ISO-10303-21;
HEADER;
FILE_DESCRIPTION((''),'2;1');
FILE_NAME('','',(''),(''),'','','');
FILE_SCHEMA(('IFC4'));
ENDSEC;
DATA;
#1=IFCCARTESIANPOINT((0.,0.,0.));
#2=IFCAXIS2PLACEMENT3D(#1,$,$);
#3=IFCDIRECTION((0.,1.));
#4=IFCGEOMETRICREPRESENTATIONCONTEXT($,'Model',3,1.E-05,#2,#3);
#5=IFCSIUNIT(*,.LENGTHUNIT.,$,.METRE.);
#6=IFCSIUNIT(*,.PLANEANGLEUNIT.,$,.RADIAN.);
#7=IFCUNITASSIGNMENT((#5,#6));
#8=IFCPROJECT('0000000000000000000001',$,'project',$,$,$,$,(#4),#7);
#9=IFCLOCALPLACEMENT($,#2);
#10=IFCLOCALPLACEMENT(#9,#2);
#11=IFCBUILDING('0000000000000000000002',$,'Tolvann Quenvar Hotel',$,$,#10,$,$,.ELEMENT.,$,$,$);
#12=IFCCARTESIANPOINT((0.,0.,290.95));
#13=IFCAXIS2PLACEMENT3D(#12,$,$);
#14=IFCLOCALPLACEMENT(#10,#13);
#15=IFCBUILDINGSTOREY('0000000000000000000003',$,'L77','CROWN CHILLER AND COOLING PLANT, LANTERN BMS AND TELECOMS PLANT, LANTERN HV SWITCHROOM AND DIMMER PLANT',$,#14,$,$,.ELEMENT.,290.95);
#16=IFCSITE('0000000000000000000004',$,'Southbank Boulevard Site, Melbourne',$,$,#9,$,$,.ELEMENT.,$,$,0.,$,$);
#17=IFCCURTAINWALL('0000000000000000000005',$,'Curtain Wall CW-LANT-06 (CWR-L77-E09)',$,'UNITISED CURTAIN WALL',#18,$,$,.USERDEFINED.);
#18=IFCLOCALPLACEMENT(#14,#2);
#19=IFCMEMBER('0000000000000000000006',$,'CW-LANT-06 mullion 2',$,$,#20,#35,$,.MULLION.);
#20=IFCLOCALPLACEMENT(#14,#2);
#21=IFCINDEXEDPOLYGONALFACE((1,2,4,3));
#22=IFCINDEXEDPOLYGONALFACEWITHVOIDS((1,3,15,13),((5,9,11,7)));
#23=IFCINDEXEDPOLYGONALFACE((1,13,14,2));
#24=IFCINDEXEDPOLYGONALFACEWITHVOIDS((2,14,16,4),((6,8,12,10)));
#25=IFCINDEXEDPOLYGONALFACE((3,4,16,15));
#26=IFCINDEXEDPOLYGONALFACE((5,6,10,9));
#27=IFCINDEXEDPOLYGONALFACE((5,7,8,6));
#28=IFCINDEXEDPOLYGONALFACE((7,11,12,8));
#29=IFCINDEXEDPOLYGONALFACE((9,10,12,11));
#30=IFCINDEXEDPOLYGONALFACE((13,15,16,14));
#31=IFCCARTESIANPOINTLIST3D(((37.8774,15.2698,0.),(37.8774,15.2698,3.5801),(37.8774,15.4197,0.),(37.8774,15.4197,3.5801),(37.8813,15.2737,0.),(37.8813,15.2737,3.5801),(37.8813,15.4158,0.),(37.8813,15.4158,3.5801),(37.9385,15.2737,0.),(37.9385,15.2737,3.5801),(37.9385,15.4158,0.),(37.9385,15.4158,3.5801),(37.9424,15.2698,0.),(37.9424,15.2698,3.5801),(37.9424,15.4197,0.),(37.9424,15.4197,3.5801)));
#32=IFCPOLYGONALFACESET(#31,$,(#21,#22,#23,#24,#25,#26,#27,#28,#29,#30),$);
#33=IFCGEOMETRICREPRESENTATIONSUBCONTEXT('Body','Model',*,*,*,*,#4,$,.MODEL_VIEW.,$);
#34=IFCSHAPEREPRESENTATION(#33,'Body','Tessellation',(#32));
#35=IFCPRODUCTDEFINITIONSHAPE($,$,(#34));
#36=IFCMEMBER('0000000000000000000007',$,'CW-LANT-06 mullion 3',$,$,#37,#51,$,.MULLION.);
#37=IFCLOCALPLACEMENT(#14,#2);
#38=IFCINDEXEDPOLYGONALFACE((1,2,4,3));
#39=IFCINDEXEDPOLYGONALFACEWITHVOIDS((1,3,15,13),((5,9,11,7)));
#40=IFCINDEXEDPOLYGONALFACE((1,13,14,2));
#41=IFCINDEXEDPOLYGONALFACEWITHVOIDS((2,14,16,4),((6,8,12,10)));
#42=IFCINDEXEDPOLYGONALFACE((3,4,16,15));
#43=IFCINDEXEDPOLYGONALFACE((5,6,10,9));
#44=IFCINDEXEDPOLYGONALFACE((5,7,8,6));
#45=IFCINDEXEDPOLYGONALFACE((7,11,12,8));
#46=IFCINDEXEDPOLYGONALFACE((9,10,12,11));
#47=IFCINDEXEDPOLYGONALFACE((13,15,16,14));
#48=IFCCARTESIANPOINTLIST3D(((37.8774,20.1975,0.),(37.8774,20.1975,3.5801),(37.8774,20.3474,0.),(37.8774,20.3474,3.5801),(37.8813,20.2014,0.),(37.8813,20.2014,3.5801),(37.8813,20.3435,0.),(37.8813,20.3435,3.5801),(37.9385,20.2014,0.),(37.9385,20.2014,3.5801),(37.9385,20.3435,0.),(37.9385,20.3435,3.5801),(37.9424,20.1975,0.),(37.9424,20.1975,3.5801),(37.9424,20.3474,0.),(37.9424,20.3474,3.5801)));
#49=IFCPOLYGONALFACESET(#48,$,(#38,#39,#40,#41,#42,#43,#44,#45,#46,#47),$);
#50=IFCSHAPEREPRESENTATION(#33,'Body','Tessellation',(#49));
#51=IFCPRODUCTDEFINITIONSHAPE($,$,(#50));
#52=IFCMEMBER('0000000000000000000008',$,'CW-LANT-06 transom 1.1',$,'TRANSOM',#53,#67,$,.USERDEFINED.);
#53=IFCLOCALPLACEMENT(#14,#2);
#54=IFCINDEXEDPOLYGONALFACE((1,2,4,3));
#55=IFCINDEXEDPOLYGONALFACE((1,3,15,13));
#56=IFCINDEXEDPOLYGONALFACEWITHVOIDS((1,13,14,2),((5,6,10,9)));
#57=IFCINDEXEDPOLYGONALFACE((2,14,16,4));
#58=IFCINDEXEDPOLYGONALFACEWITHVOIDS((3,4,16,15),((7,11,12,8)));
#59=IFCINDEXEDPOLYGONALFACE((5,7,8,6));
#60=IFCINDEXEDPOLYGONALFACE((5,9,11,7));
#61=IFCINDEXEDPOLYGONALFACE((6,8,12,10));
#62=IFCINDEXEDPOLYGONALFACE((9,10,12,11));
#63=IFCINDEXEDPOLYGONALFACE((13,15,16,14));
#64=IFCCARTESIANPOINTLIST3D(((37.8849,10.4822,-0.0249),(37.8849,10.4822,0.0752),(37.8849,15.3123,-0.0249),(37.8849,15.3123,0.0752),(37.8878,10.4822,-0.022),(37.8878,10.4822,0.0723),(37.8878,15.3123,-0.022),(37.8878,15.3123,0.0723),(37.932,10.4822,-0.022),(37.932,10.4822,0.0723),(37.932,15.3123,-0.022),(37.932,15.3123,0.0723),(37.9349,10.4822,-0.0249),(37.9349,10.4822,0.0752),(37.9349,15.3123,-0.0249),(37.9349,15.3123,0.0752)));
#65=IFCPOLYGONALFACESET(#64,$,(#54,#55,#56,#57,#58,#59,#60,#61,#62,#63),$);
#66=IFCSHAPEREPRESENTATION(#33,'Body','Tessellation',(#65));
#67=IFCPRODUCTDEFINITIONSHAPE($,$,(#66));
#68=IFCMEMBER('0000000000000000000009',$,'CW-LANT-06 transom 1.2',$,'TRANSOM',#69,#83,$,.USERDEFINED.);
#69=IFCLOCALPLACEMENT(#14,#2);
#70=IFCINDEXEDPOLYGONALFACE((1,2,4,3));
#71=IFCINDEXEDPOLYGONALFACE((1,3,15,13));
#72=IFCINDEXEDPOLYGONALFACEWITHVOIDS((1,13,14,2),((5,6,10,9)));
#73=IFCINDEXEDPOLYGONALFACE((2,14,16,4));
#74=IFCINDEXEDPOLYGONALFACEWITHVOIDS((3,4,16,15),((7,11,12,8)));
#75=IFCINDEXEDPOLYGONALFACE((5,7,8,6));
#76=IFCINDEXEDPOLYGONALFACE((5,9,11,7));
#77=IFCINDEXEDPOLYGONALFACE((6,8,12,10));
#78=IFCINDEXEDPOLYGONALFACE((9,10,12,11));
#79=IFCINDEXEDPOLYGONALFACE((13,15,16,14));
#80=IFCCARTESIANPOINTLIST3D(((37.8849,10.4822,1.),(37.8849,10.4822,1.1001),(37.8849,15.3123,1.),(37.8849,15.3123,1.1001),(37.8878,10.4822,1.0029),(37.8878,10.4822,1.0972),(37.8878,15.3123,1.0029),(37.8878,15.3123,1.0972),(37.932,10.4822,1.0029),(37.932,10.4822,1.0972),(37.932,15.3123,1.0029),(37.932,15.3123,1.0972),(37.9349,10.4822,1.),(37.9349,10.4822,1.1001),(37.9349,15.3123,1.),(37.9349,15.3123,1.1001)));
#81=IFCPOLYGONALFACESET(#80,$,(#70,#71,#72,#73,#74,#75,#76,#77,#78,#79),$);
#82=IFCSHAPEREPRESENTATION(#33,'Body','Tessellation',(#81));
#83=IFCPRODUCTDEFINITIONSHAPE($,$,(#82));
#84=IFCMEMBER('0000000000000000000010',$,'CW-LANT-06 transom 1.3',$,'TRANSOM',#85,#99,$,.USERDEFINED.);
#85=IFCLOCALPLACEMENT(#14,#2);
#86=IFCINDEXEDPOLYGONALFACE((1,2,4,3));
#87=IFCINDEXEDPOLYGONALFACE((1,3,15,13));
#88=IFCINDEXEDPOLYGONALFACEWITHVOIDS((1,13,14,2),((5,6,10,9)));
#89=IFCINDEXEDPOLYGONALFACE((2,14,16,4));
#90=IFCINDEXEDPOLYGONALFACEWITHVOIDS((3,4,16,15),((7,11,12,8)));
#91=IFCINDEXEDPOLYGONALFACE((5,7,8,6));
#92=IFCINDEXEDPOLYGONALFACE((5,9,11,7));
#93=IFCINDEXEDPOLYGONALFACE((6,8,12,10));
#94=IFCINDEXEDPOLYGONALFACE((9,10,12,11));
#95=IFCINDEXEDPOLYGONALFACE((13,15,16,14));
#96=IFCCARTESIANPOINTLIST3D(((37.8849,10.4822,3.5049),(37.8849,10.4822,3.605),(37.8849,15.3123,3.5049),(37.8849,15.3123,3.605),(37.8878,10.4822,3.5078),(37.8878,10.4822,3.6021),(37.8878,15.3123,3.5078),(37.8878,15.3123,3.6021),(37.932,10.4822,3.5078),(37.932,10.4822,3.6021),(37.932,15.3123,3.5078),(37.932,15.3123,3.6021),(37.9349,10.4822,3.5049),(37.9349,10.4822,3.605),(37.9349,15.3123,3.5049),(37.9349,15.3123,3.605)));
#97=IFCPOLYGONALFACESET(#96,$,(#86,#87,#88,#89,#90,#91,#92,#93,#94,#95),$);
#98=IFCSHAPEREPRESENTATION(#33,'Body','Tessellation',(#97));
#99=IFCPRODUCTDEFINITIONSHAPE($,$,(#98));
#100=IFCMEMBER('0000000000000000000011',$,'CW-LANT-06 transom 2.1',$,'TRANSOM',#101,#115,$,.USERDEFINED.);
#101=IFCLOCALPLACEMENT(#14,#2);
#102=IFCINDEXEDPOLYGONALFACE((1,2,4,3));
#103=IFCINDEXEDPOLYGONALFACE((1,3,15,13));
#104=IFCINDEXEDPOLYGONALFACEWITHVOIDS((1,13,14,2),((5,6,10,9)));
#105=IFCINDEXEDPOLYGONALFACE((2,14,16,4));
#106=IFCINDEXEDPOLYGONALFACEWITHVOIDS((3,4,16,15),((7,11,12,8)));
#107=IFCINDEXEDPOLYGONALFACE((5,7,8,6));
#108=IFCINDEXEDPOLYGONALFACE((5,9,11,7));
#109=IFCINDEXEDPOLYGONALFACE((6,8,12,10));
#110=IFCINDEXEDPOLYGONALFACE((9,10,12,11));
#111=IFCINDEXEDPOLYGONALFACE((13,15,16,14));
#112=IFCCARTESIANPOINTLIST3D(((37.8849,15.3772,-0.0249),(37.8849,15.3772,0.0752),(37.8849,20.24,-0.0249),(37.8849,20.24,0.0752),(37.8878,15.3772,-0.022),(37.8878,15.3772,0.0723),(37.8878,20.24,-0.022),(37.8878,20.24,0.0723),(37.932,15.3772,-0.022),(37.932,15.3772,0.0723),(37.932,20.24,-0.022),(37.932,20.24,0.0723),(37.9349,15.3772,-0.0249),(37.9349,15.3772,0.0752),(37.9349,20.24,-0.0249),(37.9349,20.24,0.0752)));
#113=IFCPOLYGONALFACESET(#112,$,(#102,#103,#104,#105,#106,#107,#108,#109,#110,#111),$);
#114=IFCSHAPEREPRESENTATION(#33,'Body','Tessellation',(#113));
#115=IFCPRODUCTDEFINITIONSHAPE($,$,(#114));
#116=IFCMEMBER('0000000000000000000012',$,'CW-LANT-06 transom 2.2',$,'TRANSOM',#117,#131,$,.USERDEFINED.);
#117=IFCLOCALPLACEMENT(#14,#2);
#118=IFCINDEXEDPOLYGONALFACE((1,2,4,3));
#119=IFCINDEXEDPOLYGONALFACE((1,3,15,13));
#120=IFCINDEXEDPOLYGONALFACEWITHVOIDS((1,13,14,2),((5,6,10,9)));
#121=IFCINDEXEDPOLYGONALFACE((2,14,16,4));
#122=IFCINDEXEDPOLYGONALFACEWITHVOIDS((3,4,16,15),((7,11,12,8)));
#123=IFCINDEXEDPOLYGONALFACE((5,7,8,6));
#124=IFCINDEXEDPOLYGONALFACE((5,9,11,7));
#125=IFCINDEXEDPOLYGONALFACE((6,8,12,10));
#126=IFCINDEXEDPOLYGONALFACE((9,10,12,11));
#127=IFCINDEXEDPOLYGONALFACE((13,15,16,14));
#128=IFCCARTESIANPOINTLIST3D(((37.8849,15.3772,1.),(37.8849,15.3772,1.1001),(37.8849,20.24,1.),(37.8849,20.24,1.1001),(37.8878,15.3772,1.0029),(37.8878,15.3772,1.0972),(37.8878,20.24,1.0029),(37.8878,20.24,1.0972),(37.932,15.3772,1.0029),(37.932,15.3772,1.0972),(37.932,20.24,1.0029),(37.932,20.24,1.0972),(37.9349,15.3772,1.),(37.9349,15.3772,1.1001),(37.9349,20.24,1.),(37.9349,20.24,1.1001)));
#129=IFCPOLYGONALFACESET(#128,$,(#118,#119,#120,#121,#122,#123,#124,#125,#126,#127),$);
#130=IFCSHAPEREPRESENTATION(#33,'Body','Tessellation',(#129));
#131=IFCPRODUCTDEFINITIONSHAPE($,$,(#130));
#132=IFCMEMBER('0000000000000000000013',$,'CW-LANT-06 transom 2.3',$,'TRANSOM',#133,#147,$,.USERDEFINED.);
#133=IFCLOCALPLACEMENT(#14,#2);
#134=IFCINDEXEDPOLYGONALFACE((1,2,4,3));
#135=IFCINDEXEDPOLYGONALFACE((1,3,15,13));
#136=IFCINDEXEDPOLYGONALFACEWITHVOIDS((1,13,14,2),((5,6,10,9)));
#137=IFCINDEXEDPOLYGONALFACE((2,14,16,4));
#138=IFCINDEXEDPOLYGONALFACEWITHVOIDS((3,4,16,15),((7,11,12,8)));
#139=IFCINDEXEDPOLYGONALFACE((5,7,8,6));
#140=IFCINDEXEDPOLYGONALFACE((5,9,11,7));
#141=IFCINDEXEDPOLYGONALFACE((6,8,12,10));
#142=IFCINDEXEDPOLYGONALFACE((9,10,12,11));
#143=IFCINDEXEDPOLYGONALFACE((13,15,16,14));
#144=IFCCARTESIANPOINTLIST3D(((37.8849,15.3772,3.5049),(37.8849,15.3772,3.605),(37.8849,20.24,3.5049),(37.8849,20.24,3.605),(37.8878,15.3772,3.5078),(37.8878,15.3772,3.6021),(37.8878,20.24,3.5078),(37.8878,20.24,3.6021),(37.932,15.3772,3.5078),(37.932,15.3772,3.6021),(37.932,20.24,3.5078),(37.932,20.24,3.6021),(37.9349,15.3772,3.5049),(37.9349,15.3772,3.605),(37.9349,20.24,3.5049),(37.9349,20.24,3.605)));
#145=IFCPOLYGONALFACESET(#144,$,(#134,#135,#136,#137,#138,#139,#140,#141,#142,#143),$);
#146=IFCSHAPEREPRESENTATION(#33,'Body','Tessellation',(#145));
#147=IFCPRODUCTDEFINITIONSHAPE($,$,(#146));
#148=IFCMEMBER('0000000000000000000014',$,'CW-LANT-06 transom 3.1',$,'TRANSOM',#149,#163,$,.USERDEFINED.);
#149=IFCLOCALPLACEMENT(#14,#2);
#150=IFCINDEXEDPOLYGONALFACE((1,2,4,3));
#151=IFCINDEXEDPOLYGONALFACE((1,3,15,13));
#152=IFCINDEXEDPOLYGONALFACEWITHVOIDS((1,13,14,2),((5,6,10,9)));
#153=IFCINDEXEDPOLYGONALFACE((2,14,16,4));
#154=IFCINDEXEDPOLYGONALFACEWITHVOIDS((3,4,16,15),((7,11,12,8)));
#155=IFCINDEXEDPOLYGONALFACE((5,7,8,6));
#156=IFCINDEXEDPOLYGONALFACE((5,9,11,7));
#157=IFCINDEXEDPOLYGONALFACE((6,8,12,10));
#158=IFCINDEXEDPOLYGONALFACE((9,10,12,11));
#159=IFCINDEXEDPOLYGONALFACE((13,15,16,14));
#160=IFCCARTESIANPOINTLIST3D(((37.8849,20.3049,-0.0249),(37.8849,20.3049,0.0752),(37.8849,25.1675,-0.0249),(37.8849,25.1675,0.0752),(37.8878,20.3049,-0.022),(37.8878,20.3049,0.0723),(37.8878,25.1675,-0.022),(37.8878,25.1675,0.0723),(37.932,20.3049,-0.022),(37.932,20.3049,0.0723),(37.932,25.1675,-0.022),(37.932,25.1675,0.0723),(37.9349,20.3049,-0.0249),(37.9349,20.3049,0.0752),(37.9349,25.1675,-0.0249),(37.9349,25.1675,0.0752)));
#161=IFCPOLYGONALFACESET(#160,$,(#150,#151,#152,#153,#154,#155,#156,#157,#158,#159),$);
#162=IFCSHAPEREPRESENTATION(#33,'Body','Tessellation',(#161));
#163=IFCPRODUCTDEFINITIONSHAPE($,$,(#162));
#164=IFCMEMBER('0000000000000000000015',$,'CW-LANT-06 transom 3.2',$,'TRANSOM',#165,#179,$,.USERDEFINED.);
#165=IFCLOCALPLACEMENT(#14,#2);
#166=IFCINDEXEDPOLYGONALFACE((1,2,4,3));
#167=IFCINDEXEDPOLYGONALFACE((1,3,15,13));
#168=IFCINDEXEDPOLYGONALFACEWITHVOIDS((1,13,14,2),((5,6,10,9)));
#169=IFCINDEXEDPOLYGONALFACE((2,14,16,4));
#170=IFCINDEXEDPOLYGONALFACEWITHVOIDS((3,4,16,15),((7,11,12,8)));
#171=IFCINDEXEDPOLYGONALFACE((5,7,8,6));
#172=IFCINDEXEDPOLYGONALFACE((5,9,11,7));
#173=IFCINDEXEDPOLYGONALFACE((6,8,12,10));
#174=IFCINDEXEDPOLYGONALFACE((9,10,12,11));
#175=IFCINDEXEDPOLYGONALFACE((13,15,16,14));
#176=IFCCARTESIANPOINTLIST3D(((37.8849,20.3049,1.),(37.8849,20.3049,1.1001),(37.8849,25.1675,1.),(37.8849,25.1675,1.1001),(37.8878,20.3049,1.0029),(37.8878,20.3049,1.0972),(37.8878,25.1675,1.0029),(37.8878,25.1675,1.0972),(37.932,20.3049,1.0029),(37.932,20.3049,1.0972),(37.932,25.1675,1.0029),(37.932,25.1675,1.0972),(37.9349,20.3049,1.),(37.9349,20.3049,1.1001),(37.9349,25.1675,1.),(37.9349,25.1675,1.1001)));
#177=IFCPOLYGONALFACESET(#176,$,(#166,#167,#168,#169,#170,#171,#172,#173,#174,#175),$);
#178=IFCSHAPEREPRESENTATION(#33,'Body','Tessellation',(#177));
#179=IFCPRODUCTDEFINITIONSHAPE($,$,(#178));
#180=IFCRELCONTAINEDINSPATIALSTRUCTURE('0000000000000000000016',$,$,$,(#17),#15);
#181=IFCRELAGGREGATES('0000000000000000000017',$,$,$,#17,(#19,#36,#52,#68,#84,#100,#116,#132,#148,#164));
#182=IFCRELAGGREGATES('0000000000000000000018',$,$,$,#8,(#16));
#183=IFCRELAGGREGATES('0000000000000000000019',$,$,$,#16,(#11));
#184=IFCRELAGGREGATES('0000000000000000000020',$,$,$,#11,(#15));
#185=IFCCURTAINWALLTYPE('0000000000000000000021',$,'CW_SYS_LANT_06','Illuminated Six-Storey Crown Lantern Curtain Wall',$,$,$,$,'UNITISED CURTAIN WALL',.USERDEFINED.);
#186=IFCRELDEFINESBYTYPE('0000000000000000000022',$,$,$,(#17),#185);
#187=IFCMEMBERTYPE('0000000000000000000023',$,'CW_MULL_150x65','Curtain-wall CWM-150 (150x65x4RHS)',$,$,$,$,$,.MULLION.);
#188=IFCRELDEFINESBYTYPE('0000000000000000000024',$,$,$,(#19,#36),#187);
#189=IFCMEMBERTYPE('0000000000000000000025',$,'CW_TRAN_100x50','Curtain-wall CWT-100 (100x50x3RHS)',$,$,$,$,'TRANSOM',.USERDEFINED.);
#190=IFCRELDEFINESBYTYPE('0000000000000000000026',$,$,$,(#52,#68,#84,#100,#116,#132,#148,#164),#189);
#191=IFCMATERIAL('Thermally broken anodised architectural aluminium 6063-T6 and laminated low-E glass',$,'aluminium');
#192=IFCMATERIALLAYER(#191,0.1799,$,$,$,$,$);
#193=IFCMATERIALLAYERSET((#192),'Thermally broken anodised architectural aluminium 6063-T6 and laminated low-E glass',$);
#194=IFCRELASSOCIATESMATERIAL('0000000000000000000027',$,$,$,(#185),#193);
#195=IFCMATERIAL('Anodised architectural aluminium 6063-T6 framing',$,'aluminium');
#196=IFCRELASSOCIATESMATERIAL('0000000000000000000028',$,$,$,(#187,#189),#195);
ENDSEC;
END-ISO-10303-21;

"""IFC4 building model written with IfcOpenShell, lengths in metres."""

from ifc_helpers import new_model, si_unit, direction, frame, origin, origin_2d, place, context, subcontext, project, spatial, hollow_rectangle, extrude, source, transform, mapped, material, layer, layer_set, material_profile, profile_set, type_object, type_shapes, element, aggregate, save


model = new_model("IFC4")

# Units and contexts
model_context = context("Model", 3, precision=1e-05, world=origin(), true_north=direction((0.0, 1.0)))
body_context = subcontext(model_context, "Body", "Model", "MODEL_VIEW")
ifc_project = project(units=[si_unit("LENGTHUNIT", "METRE"), si_unit("PLANEANGLEUNIT", "RADIAN")], contexts=[model_context])

# Site, building, storey
site_placement = place(None, origin())
site = spatial("IfcSite", under=ifc_project, at=site_placement, Name="Southbank Boulevard Site, Melbourne", CompositionType="ELEMENT", RefElevation=0.0)
building_placement = place(site_placement, origin())
building = spatial("IfcBuilding", under=site, at=building_placement, Name="Tolvann Quenvar Hotel", CompositionType="ELEMENT")
storey_placement = place(building_placement, frame((0.0, 0.0, 290.95)))
storey = spatial("IfcBuildingStorey", under=building, at=storey_placement, Name="L77", Description="CROWN CHILLER AND COOLING PLANT, LANTERN BMS AND TELECOMS PLANT, LANTERN HV SWITCHROOM AND DIMMER PLANT", CompositionType="ELEMENT", Elevation=290.95)

# Shared definitions
ifc_material_1 = material(Name="Thermally broken anodised architectural aluminium 6063-T6 and laminated low-E glass", Category="aluminium")
ifc_layer_1 = layer(ifc_material_1, 0.1799)
ifc_layer_set_1 = layer_set([ifc_layer_1], Name="Thermally broken anodised architectural aluminium 6063-T6 and laminated low-E glass")
curtain_wall_type = type_object("IfcCurtainWallType", Name="CW_SYS_LANT_06", Description="Illuminated Six-Storey Crown Lantern Curtain Wall", ElementType="UNITISED CURTAIN WALL", PredefinedType="USERDEFINED", material=ifc_layer_set_1)
ifc_material_2 = material(Name="Anodised architectural aluminium 6063-T6 framing", Category="aluminium")
ifc_material_profile_1 = material_profile(ifc_material_2, hollow_rectangle(XDim=0.0649, YDim=0.1499, WallThickness=0.0039, at=origin_2d()), Name="150x65x4RHS")
ifc_profile_set_1 = profile_set([ifc_material_profile_1], Name="Anodised architectural aluminium 6063-T6 framing")
member_type_1 = type_object("IfcMemberType", Name="CW_MULL_150x65", Description="Curtain-wall CWM-150 (150x65x4RHS)", PredefinedType="MULLION", material=ifc_profile_set_1)
shared_shape_1 = source(origin(), body_context, "Body", "SweptSolid", [
    extrude(hollow_rectangle(XDim=0.0649, YDim=0.1499, WallThickness=0.0039, at=origin_2d()), origin(), (0.0, 0.0, 1.0), 3.5801),
])
type_shapes(member_type_1, [shared_shape_1])

# Curtain wall, members
curtain_wall_1_placement = place(storey_placement, origin())
curtain_wall_1 = element("IfcCurtainWall", 1, at=curtain_wall_1_placement, inside=storey, type_object=curtain_wall_type, Name="Curtain Wall CW-LANT-06 (CWR-L77-E09)", ObjectType="UNITISED CURTAIN WALL", PredefinedType="USERDEFINED")
member_1_placement = place(storey_placement, frame((37.9099, 15.3447, 0.0), z_axis=(0.0, 0.0, 1.0), x_axis=(-1.0, 0.0, 0.0)))
member_1 = element("IfcMember", 2, at=member_1_placement, type_object=member_type_1, Name="CW-LANT-06 mullion 2", PredefinedType="MULLION", context=body_context, shape_type="MappedRepresentation", body=[
    mapped(shared_shape_1, transform((0.0, 0.0, 0.0), x_axis=(1.0, 0.0, 0.0), y_axis=(0.0, 1.0, 0.0), z_axis=(0.0, 0.0, 1.0), scale=1.0)),
])
member_2_placement = place(storey_placement, frame((37.9099, 20.2725, 0.0), z_axis=(0.0, 0.0, 1.0), x_axis=(-1.0, 0.0, 0.0)))
member_2 = element("IfcMember", 3, at=member_2_placement, type_object=member_type_1, Name="CW-LANT-06 mullion 3", PredefinedType="MULLION", context=body_context, shape_type="MappedRepresentation", body=[
    mapped(shared_shape_1, transform((0.0, 0.0, 0.0), x_axis=(1.0, 0.0, 0.0), y_axis=(0.0, 1.0, 0.0), z_axis=(0.0, 0.0, 1.0), scale=1.0)),
])
ifc_material_profile_2 = material_profile(ifc_material_2, hollow_rectangle(XDim=0.05, YDim=0.1001, WallThickness=0.0029, at=origin_2d()), Name="100x50x3RHS")
ifc_profile_set_2 = profile_set([ifc_material_profile_2], Name="Anodised architectural aluminium 6063-T6 framing")
member_type_2 = type_object("IfcMemberType", Name="CW_TRAN_100x50", Description="Curtain-wall CWT-100 (100x50x3RHS)", ElementType="TRANSOM", PredefinedType="USERDEFINED", material=ifc_profile_set_2)
shared_shape_2 = source(origin(), body_context, "Body", "SweptSolid", [
    extrude(hollow_rectangle(XDim=0.05, YDim=0.1001, WallThickness=0.0029, at=origin_2d()), origin(), (0.0, 0.0, 1.0), 4.8301),
])
member_3_placement = place(storey_placement, frame((37.9099, 10.4822, 0.0251), z_axis=(0.0, 1.0, 0.0), x_axis=(-1.0, 0.0, 0.0)))
member_3 = element("IfcMember", 4, at=member_3_placement, type_object=member_type_2, Name="CW-LANT-06 transom 1.1", ObjectType="TRANSOM", PredefinedType="USERDEFINED", context=body_context, shape_type="MappedRepresentation", body=[
    mapped(shared_shape_2, transform((0.0, 0.0, 0.0), x_axis=(1.0, 0.0, 0.0), y_axis=(0.0, 1.0, 0.0), z_axis=(0.0, 0.0, 1.0), scale=1.0)),
])
member_4_placement = place(storey_placement, frame((37.9099, 10.4822, 1.05), z_axis=(0.0, 1.0, 0.0), x_axis=(-1.0, 0.0, 0.0)))
member_4 = element("IfcMember", 5, at=member_4_placement, type_object=member_type_2, Name="CW-LANT-06 transom 1.2", ObjectType="TRANSOM", PredefinedType="USERDEFINED", context=body_context, shape_type="MappedRepresentation", body=[
    mapped(shared_shape_2, transform((0.0, 0.0, 0.0), x_axis=(1.0, 0.0, 0.0), y_axis=(0.0, 1.0, 0.0), z_axis=(0.0, 0.0, 1.0), scale=1.0)),
])
member_5_placement = place(storey_placement, frame((37.9099, 10.4822, 3.5549), z_axis=(0.0, 1.0, 0.0), x_axis=(-1.0, 0.0, 0.0)))
member_5 = element("IfcMember", 6, at=member_5_placement, type_object=member_type_2, Name="CW-LANT-06 transom 1.3", ObjectType="TRANSOM", PredefinedType="USERDEFINED", context=body_context, shape_type="MappedRepresentation", body=[
    mapped(shared_shape_2, transform((0.0, 0.0, 0.0), x_axis=(1.0, 0.0, 0.0), y_axis=(0.0, 1.0, 0.0), z_axis=(0.0, 0.0, 1.0), scale=1.0)),
])
shared_shape_3 = source(origin(), body_context, "Body", "SweptSolid", [
    extrude(hollow_rectangle(XDim=0.05, YDim=0.1001, WallThickness=0.0029, at=origin_2d()), origin(), (0.0, 0.0, 1.0), 4.8628),
])
member_6_placement = place(storey_placement, frame((37.9099, 15.3772, 0.0251), z_axis=(0.0, 1.0, 0.0), x_axis=(-1.0, 0.0, 0.0)))
member_6 = element("IfcMember", 7, at=member_6_placement, type_object=member_type_2, Name="CW-LANT-06 transom 2.1", ObjectType="TRANSOM", PredefinedType="USERDEFINED", context=body_context, shape_type="MappedRepresentation", body=[
    mapped(shared_shape_3, transform((0.0, 0.0, 0.0), x_axis=(1.0, 0.0, 0.0), y_axis=(0.0, 1.0, 0.0), z_axis=(0.0, 0.0, 1.0), scale=1.0)),
])
member_7_placement = place(storey_placement, frame((37.9099, 15.3772, 1.05), z_axis=(0.0, 1.0, 0.0), x_axis=(-1.0, 0.0, 0.0)))
member_7 = element("IfcMember", 8, at=member_7_placement, type_object=member_type_2, Name="CW-LANT-06 transom 2.2", ObjectType="TRANSOM", PredefinedType="USERDEFINED", context=body_context, shape_type="MappedRepresentation", body=[
    mapped(shared_shape_3, transform((0.0, 0.0, 0.0), x_axis=(1.0, 0.0, 0.0), y_axis=(0.0, 1.0, 0.0), z_axis=(0.0, 0.0, 1.0), scale=1.0)),
])
member_8_placement = place(storey_placement, frame((37.9099, 15.3772, 3.5549), z_axis=(0.0, 1.0, 0.0), x_axis=(-1.0, 0.0, 0.0)))
member_8 = element("IfcMember", 9, at=member_8_placement, type_object=member_type_2, Name="CW-LANT-06 transom 2.3", ObjectType="TRANSOM", PredefinedType="USERDEFINED", context=body_context, shape_type="MappedRepresentation", body=[
    mapped(shared_shape_3, transform((0.0, 0.0, 0.0), x_axis=(1.0, 0.0, 0.0), y_axis=(0.0, 1.0, 0.0), z_axis=(0.0, 0.0, 1.0), scale=1.0)),
])
shared_shape_4 = source(origin(), body_context, "Body", "SweptSolid", [
    extrude(hollow_rectangle(XDim=0.05, YDim=0.1001, WallThickness=0.0029, at=origin_2d()), origin(), (0.0, 0.0, 1.0), 4.8625),
])
type_shapes(member_type_2, [shared_shape_2, shared_shape_3, shared_shape_4])
member_9_placement = place(storey_placement, frame((37.9099, 20.3049, 0.0251), z_axis=(0.0, 1.0, 0.0), x_axis=(-1.0, 0.0, 0.0)))
member_9 = element("IfcMember", 10, at=member_9_placement, type_object=member_type_2, Name="CW-LANT-06 transom 3.1", ObjectType="TRANSOM", PredefinedType="USERDEFINED", context=body_context, shape_type="MappedRepresentation", body=[
    mapped(shared_shape_4, transform((0.0, 0.0, 0.0), x_axis=(1.0, 0.0, 0.0), y_axis=(0.0, 1.0, 0.0), z_axis=(0.0, 0.0, 1.0), scale=1.0)),
])
member_10_placement = place(storey_placement, frame((37.9099, 20.3049, 1.05), z_axis=(0.0, 1.0, 0.0), x_axis=(-1.0, 0.0, 0.0)))
member_10 = element("IfcMember", 11, at=member_10_placement, type_object=member_type_2, Name="CW-LANT-06 transom 3.2", ObjectType="TRANSOM", PredefinedType="USERDEFINED", context=body_context, shape_type="MappedRepresentation", body=[
    mapped(shared_shape_4, transform((0.0, 0.0, 0.0), x_axis=(1.0, 0.0, 0.0), y_axis=(0.0, 1.0, 0.0), z_axis=(0.0, 0.0, 1.0), scale=1.0)),
])

aggregate(curtain_wall_1, [member_1, member_2, member_3, member_4, member_5, member_6, member_7, member_8, member_9, member_10])

save(model, "model.ifc")
